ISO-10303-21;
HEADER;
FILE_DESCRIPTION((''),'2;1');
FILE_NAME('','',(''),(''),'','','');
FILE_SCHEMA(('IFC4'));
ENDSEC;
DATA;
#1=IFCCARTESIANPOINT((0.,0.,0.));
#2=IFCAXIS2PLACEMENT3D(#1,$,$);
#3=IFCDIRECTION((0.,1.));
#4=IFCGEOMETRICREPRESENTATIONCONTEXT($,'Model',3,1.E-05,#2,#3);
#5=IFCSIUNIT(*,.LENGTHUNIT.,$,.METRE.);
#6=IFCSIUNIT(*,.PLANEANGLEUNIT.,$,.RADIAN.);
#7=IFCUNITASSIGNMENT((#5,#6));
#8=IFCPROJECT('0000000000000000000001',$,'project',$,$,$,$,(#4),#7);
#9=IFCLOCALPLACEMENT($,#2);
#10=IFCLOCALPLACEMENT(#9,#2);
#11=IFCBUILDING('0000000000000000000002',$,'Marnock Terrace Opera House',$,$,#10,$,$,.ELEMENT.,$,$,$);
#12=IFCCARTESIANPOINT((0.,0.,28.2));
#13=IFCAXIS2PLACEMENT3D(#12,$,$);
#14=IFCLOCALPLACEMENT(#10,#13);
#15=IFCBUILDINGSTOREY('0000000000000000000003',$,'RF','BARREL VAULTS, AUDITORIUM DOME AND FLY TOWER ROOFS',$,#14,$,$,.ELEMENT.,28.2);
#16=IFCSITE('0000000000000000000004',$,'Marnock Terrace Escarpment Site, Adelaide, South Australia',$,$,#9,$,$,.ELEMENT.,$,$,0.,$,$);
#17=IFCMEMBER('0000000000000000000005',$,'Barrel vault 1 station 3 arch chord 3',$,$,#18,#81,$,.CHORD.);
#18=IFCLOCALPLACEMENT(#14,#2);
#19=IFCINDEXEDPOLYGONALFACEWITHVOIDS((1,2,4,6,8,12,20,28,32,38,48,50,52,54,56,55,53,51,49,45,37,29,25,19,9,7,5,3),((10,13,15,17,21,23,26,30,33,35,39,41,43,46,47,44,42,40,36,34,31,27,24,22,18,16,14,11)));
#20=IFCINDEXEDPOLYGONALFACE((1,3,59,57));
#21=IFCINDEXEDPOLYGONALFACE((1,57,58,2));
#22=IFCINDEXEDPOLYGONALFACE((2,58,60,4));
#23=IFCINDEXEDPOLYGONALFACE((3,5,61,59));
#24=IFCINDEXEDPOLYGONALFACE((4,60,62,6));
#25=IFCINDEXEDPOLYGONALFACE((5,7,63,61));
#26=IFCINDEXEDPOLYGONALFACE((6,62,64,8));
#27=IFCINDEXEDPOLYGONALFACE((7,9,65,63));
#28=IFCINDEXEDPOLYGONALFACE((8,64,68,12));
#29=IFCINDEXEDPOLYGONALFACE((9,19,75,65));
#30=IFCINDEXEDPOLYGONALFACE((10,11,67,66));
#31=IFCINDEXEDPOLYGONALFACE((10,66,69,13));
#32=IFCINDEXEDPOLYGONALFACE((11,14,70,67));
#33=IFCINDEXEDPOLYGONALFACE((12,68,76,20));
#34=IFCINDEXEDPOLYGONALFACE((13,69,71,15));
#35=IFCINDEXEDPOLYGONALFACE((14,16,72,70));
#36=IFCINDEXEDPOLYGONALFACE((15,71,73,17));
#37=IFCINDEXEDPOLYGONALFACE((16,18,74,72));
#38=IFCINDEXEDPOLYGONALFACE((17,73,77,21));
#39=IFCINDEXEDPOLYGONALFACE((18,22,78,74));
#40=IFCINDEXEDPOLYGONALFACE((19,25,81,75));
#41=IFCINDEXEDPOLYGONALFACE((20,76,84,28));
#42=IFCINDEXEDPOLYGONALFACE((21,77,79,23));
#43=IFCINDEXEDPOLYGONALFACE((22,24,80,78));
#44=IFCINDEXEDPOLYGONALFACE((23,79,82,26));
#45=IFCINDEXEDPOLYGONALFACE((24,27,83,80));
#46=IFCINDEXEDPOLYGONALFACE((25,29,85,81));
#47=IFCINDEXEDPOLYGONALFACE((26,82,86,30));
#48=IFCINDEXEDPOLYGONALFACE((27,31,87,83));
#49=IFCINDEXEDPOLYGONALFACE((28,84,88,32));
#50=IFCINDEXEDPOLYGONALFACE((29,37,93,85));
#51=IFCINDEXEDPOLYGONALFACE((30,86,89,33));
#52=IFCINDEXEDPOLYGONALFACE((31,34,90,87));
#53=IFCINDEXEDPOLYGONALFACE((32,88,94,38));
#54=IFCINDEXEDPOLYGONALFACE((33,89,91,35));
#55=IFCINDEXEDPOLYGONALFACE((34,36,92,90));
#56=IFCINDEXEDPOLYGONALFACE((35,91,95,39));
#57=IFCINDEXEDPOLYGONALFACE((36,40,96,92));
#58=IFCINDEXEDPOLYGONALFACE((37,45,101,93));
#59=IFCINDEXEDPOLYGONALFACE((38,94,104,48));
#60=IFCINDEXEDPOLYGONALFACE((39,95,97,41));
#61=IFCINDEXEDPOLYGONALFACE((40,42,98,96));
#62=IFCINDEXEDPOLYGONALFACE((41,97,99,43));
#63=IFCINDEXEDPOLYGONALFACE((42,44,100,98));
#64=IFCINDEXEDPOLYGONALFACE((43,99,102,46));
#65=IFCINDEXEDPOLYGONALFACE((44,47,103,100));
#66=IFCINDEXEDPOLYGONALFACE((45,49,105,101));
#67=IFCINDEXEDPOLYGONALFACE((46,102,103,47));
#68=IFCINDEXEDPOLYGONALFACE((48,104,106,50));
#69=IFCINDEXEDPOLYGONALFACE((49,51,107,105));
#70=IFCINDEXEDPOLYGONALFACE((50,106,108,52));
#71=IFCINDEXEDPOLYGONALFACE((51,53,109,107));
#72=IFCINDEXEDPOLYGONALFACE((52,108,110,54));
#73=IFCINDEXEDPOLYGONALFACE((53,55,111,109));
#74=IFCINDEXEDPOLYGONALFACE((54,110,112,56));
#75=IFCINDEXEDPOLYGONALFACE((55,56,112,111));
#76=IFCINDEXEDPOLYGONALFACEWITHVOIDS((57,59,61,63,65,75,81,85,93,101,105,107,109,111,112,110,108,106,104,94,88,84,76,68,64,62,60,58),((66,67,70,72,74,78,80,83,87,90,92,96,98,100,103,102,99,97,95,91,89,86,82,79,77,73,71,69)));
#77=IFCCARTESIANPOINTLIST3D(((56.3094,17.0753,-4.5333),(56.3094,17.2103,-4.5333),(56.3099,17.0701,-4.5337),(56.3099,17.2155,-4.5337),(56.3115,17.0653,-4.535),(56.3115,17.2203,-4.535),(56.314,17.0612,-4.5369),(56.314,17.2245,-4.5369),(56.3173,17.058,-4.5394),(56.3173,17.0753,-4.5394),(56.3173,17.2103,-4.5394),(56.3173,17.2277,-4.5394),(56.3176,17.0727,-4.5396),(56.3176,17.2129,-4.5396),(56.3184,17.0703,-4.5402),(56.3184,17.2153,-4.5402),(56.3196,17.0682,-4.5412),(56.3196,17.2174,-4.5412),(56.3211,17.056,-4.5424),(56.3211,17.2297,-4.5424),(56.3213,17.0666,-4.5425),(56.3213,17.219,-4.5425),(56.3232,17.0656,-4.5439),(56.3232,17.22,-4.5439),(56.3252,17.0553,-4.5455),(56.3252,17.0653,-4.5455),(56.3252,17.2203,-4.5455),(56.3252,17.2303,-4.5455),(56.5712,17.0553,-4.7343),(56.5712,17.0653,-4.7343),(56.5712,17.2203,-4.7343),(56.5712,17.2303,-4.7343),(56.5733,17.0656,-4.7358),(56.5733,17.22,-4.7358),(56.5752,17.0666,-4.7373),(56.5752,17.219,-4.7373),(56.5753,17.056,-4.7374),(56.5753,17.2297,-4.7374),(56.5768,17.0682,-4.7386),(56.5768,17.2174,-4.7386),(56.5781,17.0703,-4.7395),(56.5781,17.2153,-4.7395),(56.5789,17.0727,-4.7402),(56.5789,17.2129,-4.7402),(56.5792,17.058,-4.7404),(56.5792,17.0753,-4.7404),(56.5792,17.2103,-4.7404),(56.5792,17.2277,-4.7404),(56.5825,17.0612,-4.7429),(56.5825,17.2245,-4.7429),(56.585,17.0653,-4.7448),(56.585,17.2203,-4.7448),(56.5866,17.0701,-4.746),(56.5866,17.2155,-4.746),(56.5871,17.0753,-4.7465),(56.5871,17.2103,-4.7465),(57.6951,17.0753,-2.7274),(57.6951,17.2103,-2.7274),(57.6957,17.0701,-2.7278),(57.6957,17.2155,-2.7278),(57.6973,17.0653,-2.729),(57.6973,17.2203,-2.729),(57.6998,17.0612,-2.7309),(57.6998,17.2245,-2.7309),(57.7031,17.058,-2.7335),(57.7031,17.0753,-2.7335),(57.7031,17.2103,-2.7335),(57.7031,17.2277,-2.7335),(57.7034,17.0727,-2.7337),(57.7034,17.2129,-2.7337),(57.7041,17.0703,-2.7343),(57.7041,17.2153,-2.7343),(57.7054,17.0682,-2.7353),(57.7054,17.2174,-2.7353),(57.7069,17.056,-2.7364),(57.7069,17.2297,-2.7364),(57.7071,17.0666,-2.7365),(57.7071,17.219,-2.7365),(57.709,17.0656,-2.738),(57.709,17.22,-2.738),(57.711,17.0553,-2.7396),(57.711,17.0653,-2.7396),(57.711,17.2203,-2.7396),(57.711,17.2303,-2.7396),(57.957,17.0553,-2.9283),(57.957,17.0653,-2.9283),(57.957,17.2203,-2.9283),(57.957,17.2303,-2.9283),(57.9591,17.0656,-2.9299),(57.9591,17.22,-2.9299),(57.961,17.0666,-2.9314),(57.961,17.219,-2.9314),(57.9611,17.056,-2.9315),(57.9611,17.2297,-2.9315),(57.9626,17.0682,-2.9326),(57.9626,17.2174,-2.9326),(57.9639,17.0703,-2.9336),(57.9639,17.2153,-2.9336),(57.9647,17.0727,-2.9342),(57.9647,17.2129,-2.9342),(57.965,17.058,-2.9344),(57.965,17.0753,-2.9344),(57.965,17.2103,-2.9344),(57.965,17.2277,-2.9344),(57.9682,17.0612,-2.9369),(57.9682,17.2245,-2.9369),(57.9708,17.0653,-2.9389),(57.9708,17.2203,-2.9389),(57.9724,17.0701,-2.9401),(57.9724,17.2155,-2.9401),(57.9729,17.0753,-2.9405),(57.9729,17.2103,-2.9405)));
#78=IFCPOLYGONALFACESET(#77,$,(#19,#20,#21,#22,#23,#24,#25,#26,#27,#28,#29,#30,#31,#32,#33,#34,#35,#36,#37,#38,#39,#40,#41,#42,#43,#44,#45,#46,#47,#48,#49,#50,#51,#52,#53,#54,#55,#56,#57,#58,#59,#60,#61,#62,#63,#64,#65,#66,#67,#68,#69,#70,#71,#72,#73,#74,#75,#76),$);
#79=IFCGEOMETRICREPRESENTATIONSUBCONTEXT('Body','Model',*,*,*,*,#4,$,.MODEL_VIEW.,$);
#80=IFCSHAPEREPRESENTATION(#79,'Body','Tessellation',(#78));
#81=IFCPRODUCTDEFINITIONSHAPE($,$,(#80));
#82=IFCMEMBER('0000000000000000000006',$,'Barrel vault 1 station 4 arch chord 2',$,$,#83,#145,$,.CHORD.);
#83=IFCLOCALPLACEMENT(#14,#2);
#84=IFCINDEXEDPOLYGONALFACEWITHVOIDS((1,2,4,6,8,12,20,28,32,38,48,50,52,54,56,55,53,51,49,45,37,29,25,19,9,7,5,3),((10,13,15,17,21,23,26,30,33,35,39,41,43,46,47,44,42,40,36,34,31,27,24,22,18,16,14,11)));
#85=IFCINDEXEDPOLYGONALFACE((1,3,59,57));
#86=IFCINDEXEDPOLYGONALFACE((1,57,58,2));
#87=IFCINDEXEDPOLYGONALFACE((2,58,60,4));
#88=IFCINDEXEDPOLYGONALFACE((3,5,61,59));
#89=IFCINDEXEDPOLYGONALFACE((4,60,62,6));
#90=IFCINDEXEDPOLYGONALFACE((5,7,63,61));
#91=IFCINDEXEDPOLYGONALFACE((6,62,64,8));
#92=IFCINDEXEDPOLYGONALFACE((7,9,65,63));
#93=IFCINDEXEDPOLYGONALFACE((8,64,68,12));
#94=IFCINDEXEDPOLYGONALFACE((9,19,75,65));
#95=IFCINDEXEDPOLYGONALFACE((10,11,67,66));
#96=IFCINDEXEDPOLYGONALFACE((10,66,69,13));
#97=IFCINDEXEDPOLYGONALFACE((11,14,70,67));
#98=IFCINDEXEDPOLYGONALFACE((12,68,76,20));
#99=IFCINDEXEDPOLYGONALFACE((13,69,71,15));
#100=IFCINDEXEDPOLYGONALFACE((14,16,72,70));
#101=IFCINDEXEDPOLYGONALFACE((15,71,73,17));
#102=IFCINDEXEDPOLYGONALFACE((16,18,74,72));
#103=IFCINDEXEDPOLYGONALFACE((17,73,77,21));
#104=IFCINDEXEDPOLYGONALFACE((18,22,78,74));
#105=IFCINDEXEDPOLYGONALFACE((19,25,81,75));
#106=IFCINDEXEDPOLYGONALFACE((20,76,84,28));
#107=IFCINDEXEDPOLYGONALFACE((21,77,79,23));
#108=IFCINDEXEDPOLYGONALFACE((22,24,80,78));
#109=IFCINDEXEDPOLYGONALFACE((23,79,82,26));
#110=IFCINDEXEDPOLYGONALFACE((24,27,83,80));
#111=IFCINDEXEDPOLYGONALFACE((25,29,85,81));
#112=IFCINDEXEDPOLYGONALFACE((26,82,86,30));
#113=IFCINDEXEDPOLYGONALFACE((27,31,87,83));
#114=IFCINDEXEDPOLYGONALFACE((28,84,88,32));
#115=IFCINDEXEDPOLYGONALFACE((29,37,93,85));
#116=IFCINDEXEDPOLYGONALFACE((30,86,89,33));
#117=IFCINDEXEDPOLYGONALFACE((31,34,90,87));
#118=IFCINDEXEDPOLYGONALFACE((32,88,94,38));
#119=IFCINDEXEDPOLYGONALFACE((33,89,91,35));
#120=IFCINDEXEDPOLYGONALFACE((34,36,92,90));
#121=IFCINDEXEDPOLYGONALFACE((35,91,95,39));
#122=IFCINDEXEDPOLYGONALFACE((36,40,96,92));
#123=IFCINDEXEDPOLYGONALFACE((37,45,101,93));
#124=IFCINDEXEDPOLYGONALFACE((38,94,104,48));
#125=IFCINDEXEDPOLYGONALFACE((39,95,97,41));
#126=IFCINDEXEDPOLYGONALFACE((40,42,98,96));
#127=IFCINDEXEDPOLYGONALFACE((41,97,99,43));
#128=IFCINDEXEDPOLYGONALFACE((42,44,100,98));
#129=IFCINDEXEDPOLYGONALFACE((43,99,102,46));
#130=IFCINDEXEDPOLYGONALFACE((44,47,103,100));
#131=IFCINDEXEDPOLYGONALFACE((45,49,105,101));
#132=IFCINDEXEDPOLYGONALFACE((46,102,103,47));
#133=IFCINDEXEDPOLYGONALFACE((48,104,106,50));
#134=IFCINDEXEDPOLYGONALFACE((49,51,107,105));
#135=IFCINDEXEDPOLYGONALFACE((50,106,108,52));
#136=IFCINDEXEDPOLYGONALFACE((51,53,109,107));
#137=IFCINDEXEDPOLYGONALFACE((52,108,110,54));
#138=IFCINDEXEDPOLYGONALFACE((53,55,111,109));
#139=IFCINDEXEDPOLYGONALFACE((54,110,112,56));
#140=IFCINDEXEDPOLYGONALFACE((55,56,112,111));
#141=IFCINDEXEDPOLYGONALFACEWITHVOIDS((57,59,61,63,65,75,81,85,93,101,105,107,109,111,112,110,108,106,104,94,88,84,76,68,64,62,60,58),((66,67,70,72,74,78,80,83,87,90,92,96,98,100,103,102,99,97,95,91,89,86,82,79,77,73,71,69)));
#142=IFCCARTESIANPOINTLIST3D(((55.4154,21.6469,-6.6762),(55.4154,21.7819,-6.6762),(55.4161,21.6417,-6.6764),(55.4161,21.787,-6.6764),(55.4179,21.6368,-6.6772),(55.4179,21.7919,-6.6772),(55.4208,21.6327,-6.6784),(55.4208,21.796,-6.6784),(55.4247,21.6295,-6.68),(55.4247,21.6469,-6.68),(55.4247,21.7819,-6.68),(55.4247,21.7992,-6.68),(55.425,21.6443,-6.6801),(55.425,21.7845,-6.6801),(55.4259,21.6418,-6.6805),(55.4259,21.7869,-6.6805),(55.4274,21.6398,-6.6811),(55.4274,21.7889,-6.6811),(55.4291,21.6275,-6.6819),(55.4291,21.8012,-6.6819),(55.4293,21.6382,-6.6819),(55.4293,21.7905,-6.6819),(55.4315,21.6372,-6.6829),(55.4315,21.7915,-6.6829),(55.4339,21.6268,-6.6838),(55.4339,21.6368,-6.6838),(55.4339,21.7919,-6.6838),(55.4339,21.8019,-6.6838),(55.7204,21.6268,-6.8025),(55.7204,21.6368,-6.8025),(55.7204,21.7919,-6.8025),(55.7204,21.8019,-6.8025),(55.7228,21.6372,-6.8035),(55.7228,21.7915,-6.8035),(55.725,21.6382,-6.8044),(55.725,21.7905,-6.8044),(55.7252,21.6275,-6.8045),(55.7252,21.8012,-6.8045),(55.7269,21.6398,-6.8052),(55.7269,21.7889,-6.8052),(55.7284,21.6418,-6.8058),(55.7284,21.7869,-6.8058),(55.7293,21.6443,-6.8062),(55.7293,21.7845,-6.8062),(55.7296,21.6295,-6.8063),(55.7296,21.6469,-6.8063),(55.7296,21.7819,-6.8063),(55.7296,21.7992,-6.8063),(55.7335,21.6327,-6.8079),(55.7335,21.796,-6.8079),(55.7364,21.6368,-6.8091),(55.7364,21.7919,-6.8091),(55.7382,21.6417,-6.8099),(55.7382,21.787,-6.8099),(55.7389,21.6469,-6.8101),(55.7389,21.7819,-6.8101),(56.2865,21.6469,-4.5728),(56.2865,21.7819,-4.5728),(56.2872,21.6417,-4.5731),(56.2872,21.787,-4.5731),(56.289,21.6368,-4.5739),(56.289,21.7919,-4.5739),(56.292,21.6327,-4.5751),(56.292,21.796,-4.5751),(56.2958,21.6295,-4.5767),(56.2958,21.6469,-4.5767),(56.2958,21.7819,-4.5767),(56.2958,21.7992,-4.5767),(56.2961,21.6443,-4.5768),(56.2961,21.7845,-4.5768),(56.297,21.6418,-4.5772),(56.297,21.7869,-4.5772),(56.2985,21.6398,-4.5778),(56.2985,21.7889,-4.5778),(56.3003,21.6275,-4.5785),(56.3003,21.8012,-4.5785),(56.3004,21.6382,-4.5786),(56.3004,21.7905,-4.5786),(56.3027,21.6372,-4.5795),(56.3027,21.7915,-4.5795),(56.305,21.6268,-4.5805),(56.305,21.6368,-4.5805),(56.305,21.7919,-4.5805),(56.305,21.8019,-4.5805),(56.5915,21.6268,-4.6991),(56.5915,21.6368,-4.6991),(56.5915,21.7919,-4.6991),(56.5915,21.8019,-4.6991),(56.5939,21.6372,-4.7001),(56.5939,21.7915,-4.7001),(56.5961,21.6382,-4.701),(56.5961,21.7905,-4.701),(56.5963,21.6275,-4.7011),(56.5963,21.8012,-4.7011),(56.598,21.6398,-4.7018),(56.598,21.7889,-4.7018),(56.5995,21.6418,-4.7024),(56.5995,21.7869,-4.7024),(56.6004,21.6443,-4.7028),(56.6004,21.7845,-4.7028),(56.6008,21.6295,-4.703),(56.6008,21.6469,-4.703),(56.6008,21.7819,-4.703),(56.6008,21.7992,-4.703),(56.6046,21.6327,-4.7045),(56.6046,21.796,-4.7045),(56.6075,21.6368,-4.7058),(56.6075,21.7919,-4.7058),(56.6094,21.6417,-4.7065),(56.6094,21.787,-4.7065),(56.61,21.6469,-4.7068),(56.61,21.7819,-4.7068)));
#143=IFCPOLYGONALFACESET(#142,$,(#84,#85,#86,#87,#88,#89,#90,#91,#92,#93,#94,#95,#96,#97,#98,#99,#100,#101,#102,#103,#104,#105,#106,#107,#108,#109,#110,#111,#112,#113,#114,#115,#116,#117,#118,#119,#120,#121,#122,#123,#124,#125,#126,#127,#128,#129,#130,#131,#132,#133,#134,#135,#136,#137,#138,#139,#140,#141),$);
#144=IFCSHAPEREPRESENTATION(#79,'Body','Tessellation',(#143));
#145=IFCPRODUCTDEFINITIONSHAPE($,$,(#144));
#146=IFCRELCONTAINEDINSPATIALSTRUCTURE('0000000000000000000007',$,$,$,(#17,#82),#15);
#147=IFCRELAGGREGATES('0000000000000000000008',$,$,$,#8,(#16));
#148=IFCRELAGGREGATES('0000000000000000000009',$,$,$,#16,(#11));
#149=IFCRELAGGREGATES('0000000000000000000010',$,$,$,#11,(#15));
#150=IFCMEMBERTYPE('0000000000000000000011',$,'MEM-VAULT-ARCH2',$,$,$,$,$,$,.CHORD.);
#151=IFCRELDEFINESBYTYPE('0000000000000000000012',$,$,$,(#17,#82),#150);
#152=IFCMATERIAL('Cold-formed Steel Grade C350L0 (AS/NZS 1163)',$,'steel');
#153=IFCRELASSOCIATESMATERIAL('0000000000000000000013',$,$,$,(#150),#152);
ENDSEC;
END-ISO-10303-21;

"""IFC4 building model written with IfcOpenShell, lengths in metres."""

from ifc_helpers import new_model, si_unit, direction, frame, origin, origin_2d, place, context, subcontext, project, spatial, hollow_rectangle, extrude, material, material_profile, profile_set, type_object, element, save


model = new_model("IFC4")

# Units and contexts
model_context = context("Model", 3, precision=1e-05, world=origin(), true_north=direction((0.0, 1.0)))
body_context = subcontext(model_context, "Body", "Model", "MODEL_VIEW")
ifc_project = project(units=[si_unit("LENGTHUNIT", "METRE"), si_unit("PLANEANGLEUNIT", "RADIAN")], contexts=[model_context])

# Site, building, storey
site_placement = place(None, origin())
site = spatial("IfcSite", under=ifc_project, at=site_placement, Name="Marnock Terrace Escarpment Site, Adelaide, South Australia", CompositionType="ELEMENT", RefElevation=0.0)
building_placement = place(site_placement, origin())
building = spatial("IfcBuilding", under=site, at=building_placement, Name="Marnock Terrace Opera House", CompositionType="ELEMENT")
storey_placement = place(building_placement, frame((0.0, 0.0, 28.2)))
storey = spatial("IfcBuildingStorey", under=building, at=storey_placement, Name="RF", Description="BARREL VAULTS, AUDITORIUM DOME AND FLY TOWER ROOFS", CompositionType="ELEMENT", Elevation=28.2)

# Members
ifc_material_1 = material(Name="Cold-formed Steel Grade C350L0 (AS/NZS 1163)", Category="steel")
ifc_material_profile_1 = material_profile(ifc_material_1, hollow_rectangle(XDim=0.175, YDim=0.3501, WallThickness=0.01, InnerFilletRadius=0.01, OuterFilletRadius=0.02, at=origin_2d()))
ifc_profile_set_1 = profile_set([ifc_material_profile_1], Name="Cold-formed Steel Grade C350L0 (AS/NZS 1163)")
member_type_1 = type_object("IfcMemberType", Name="MEM-VAULT-ARCH2", PredefinedType="CHORD", material=ifc_profile_set_1)
member_1_placement = place(storey_placement, frame((56.4482, 17.1428, -4.6399), z_axis=(0.608767, 0.0, 0.793349), x_axis=(0.0, 1.0, 0.0)))
element("IfcMember", 1, at=member_1_placement, inside=storey, type_object=member_type_1, Name="Barrel vault 1 station 3 arch chord 3", PredefinedType="CHORD", context=body_context, shape_type="SweptSolid", body=[
    extrude(hollow_rectangle(XDim=0.175, YDim=0.3501, WallThickness=0.01, InnerFilletRadius=0.01, OuterFilletRadius=0.02, at=origin_2d()), origin(), (0.0, 0.0, 1.0), 2.2764),
])
member_2_placement = place(storey_placement, frame((55.5771, 21.7144, -6.7432), z_axis=(0.382642, 0.0, 0.923897), x_axis=(0.0, 1.0, 0.0)))
element("IfcMember", 2, at=member_2_placement, inside=storey, type_object=member_type_1, Name="Barrel vault 1 station 4 arch chord 2", PredefinedType="CHORD", context=body_context, shape_type="SweptSolid", body=[
    extrude(hollow_rectangle(XDim=0.175, YDim=0.3501, WallThickness=0.01, InnerFilletRadius=0.01, OuterFilletRadius=0.02, at=origin_2d()), origin(), (0.0, 0.0, 1.0), 2.2766),
])

save(model, "model.ifc")
